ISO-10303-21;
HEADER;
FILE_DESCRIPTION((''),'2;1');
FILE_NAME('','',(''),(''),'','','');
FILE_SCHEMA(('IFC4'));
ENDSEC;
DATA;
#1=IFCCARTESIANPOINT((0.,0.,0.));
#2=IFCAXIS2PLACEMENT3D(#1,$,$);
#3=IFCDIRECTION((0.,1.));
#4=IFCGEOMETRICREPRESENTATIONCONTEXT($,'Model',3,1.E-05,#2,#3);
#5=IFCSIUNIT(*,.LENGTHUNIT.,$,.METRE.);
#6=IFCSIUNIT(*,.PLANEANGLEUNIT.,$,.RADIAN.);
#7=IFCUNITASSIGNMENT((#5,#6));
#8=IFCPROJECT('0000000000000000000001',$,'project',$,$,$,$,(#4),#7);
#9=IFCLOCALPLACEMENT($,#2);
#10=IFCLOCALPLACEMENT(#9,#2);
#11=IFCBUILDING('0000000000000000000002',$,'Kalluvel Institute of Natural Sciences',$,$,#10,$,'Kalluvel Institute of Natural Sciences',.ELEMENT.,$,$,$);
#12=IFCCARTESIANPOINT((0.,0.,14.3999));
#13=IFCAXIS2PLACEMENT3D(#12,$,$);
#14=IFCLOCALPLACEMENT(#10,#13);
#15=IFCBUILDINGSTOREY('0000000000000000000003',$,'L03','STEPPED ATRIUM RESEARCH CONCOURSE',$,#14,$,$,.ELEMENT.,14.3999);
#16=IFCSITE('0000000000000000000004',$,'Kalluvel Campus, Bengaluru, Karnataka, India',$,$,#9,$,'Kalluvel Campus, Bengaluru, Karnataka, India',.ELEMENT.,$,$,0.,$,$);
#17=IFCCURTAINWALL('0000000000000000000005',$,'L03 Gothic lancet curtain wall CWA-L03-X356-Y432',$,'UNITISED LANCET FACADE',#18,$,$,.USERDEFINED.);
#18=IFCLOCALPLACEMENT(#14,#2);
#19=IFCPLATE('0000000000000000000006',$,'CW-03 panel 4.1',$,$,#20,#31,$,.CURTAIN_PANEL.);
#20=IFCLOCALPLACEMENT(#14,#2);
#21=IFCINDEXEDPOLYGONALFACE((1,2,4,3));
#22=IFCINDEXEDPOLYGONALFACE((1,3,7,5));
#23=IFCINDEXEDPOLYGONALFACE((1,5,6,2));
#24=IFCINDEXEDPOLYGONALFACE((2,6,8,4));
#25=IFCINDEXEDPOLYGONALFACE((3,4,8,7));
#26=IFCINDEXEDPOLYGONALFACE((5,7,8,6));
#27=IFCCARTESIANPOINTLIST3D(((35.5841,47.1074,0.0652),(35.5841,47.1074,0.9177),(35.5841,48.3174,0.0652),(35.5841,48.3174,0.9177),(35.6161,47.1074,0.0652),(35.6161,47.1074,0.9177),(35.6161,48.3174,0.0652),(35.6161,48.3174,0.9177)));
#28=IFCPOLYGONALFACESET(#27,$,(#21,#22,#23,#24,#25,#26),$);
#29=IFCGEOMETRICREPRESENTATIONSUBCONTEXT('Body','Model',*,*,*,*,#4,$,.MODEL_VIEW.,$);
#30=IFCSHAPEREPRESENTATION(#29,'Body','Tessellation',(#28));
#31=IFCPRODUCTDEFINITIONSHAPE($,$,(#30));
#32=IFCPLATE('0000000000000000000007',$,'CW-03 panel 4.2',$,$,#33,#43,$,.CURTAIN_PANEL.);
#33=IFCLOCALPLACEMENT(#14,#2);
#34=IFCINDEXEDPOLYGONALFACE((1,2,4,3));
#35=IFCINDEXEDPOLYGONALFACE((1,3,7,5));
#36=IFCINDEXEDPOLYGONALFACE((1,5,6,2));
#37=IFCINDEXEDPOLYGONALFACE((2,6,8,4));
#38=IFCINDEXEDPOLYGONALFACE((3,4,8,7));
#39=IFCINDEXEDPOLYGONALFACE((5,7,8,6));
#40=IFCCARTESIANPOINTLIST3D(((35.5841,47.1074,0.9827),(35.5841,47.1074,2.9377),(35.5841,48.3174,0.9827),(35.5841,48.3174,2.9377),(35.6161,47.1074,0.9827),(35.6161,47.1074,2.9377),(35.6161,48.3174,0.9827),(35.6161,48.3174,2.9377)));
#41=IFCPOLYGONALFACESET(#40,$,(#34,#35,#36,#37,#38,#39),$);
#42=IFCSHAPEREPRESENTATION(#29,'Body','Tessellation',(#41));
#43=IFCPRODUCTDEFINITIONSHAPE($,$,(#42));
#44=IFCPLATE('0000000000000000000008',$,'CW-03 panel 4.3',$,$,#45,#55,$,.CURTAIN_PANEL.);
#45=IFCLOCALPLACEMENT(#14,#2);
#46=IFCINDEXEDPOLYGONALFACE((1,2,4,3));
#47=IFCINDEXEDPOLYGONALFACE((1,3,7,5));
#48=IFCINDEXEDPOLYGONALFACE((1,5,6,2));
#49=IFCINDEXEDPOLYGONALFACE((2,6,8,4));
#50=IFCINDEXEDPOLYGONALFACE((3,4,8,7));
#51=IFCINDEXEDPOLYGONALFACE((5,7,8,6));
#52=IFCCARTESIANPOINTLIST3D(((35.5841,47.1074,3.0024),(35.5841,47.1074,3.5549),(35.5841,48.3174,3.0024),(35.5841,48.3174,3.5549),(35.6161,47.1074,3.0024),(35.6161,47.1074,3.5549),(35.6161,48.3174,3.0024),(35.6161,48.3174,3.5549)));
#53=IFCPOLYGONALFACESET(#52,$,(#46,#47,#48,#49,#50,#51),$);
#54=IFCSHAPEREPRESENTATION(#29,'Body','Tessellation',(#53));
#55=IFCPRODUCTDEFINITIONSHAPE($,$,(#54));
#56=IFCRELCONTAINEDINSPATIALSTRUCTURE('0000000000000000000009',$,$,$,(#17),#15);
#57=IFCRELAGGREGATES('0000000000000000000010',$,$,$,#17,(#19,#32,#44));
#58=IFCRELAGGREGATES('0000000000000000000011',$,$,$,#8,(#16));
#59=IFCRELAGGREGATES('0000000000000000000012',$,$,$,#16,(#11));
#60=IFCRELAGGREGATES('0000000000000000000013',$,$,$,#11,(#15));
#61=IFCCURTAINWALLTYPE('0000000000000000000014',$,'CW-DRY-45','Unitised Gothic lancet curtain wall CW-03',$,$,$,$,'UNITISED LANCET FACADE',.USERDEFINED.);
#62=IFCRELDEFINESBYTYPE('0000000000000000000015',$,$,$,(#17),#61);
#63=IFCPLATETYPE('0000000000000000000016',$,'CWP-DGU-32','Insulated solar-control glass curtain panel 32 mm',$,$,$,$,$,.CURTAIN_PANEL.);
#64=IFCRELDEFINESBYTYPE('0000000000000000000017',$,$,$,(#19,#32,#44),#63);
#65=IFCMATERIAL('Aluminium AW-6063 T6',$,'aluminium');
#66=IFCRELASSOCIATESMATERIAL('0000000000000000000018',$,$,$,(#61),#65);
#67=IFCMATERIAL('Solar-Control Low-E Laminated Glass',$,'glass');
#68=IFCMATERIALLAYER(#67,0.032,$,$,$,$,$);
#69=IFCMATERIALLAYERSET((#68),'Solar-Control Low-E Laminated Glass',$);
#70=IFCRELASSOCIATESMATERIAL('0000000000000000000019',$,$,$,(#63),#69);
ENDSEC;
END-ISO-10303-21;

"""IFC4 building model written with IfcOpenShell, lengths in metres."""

from ifc_helpers import new_model, si_unit, direction, frame, origin, origin_2d, place, context, subcontext, project, spatial, rectangle, extrude, material, layer, layer_set, type_object, element, aggregate, save


model = new_model("IFC4")

# Units and contexts
model_context = context("Model", 3, precision=1e-05, world=origin(), true_north=direction((0.0, 1.0)))
body_context = subcontext(model_context, "Body", "Model", "MODEL_VIEW")
ifc_project = project(units=[si_unit("LENGTHUNIT", "METRE"), si_unit("PLANEANGLEUNIT", "RADIAN")], contexts=[model_context])

# Site, building, storey
site_placement = place(None, origin())
site = spatial("IfcSite", under=ifc_project, at=site_placement, Name="Kalluvel Campus, Bengaluru, Karnataka, India", LongName="Kalluvel Campus, Bengaluru, Karnataka, India", CompositionType="ELEMENT", RefElevation=0.0)
building_placement = place(site_placement, origin())
building = spatial("IfcBuilding", under=site, at=building_placement, Name="Kalluvel Institute of Natural Sciences", LongName="Kalluvel Institute of Natural Sciences", CompositionType="ELEMENT")
storey_placement = place(building_placement, frame((0.0, 0.0, 14.3999)))
storey = spatial("IfcBuildingStorey", under=building, at=storey_placement, Name="L03", Description="STEPPED ATRIUM RESEARCH CONCOURSE", CompositionType="ELEMENT", Elevation=14.3999)

# Curtain wall, plates
ifc_material_1 = material(Name="Aluminium AW-6063 T6", Category="aluminium")
curtain_wall_type = type_object("IfcCurtainWallType", Name="CW-DRY-45", Description="Unitised Gothic lancet curtain wall CW-03", ElementType="UNITISED LANCET FACADE", PredefinedType="USERDEFINED", material=ifc_material_1)
curtain_wall_placement = place(storey_placement, origin())
curtain_wall = element("IfcCurtainWall", 1, at=curtain_wall_placement, inside=storey, type_object=curtain_wall_type, Name="L03 Gothic lancet curtain wall CWA-L03-X356-Y432", ObjectType="UNITISED LANCET FACADE", PredefinedType="USERDEFINED")
ifc_material_2 = material(Name="Solar-Control Low-E Laminated Glass", Category="glass")
ifc_layer = layer(ifc_material_2, 0.032)
ifc_layer_set = layer_set([ifc_layer], Name="Solar-Control Low-E Laminated Glass")
plate_type = type_object("IfcPlateType", Name="CWP-DGU-32", Description="Insulated solar-control glass curtain panel 32 mm", PredefinedType="CURTAIN_PANEL", material=ifc_layer_set)
plate_1_placement = place(storey_placement, frame((35.6001, 47.7124, 0.0652), z_axis=(0.0, 0.0, 1.0), x_axis=(0.0, 1.0, 0.0)))
plate_1 = element("IfcPlate", 2, at=plate_1_placement, type_object=plate_type, Name="CW-03 panel 4.1", PredefinedType="CURTAIN_PANEL", context=body_context, shape_type="SweptSolid", body=[
    extrude(rectangle(XDim=1.21, YDim=0.032, at=origin_2d()), origin(), (0.0, 0.0, 1.0), 0.8525),
])
plate_2_placement = place(storey_placement, frame((35.6001, 47.7124, 0.9827), z_axis=(0.0, 0.0, 1.0), x_axis=(0.0, 1.0, 0.0)))
plate_2 = element("IfcPlate", 3, at=plate_2_placement, type_object=plate_type, Name="CW-03 panel 4.2", PredefinedType="CURTAIN_PANEL", context=body_context, shape_type="SweptSolid", body=[
    extrude(rectangle(XDim=1.21, YDim=0.032, at=origin_2d()), origin(), (0.0, 0.0, 1.0), 1.9551),
])
plate_3_placement = place(storey_placement, frame((35.6001, 47.7124, 3.0024), z_axis=(0.0, 0.0, 1.0), x_axis=(0.0, 1.0, 0.0)))
plate_3 = element("IfcPlate", 4, at=plate_3_placement, type_object=plate_type, Name="CW-03 panel 4.3", PredefinedType="CURTAIN_PANEL", context=body_context, shape_type="SweptSolid", body=[
    extrude(rectangle(XDim=1.21, YDim=0.032, at=origin_2d()), origin(), (0.0, 0.0, 1.0), 0.5525),
])
aggregate(curtain_wall, [plate_1, plate_2, plate_3])

save(model, "model.ifc")
